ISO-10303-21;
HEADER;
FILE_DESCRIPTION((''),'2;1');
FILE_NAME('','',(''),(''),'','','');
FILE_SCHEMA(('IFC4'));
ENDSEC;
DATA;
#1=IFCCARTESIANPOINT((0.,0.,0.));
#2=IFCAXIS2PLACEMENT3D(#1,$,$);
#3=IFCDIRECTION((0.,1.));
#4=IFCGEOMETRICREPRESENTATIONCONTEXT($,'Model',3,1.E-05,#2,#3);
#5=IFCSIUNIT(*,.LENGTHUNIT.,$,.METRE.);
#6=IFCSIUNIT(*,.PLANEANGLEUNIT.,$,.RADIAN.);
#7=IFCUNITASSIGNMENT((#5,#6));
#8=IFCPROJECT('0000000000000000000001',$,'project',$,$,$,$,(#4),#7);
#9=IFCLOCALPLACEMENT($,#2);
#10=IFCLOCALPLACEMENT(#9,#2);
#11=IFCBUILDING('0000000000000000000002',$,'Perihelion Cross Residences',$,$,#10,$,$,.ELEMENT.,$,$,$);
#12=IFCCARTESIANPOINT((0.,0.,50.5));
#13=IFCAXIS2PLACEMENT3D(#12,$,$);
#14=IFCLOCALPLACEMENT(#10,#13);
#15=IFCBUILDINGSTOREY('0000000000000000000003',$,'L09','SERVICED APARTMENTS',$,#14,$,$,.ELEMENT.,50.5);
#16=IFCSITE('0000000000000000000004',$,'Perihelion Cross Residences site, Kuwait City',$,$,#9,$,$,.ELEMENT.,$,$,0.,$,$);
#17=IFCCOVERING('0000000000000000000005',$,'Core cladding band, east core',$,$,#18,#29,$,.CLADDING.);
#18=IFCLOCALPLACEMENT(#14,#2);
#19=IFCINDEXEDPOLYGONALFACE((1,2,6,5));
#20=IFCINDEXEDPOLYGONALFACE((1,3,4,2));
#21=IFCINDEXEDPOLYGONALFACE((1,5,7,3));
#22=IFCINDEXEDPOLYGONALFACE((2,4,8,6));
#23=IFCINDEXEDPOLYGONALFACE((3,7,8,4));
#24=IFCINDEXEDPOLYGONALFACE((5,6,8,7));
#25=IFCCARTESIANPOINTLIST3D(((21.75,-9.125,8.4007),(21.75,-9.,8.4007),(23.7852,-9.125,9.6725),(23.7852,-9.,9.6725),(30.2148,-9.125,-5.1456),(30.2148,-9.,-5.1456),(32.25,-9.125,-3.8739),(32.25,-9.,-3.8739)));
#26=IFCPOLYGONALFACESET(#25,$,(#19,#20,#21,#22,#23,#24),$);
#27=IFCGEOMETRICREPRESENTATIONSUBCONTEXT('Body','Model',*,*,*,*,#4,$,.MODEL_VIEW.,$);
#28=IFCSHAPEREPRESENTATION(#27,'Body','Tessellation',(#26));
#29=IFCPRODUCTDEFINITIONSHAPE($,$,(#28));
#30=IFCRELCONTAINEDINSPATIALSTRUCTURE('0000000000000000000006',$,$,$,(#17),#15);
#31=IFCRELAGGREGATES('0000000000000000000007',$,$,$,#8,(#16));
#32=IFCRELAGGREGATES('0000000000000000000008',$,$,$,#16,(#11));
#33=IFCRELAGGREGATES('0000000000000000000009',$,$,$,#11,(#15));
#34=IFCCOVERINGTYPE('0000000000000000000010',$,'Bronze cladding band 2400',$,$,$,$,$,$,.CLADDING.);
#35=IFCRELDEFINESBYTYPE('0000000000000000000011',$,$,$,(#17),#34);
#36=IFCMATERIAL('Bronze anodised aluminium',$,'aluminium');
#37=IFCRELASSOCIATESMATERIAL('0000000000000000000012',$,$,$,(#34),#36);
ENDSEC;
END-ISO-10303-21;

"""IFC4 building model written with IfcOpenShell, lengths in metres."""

from ifc_helpers import new_model, si_unit, direction, frame, origin, origin_2d, place, context, subcontext, project, spatial, rectangle, extrude, material, material_profile, profile_set, type_object, element, save


model = new_model("IFC4")

# Units and contexts
model_context = context("Model", 3, precision=1e-05, world=origin(), true_north=direction((0.0, 1.0)))
body_context = subcontext(model_context, "Body", "Model", "MODEL_VIEW")
ifc_project = project(units=[si_unit("LENGTHUNIT", "METRE"), si_unit("PLANEANGLEUNIT", "RADIAN")], contexts=[model_context])

# Site, building, storey
site_placement = place(None, origin())
site = spatial("IfcSite", under=ifc_project, at=site_placement, Name="Perihelion Cross Residences site, Kuwait City", CompositionType="ELEMENT", RefElevation=0.0)
building_placement = place(site_placement, origin())
building = spatial("IfcBuilding", under=site, at=building_placement, Name="Perihelion Cross Residences", CompositionType="ELEMENT")
storey_placement = place(building_placement, frame((0.0, 0.0, 50.5)))
storey = spatial("IfcBuildingStorey", under=building, at=storey_placement, Name="L09", Description="SERVICED APARTMENTS", CompositionType="ELEMENT", Elevation=50.5)

# Covering
ifc_material_1 = material(Name="Bronze anodised aluminium", Category="aluminium")
ifc_material_profile = material_profile(ifc_material_1, rectangle(XDim=0.125, YDim=2.3999, at=origin_2d()), Name="Bronze cladding band 2400")
ifc_profile_set = profile_set([ifc_material_profile], Name="Bronze anodised aluminium")
covering_type = type_object("IfcCoveringType", Name="Bronze cladding band 2400", PredefinedType="CLADDING", material=ifc_profile_set)
covering_placement = place(storey_placement, frame((31.2324, -9.0625, -4.5098), z_axis=(-0.529925, 0.0, 0.848045), x_axis=(0.0, -1.0, 0.0)))
element("IfcCovering", 1, at=covering_placement, inside=storey, type_object=covering_type, Name="Core cladding band, east core", PredefinedType="CLADDING", context=body_context, shape_type="SweptSolid", body=[
    extrude(rectangle(XDim=0.125, YDim=2.3999, at=origin_2d()), origin(), (0.0, 0.0, 1.0), 15.9736),
])

save(model, "model.ifc")
